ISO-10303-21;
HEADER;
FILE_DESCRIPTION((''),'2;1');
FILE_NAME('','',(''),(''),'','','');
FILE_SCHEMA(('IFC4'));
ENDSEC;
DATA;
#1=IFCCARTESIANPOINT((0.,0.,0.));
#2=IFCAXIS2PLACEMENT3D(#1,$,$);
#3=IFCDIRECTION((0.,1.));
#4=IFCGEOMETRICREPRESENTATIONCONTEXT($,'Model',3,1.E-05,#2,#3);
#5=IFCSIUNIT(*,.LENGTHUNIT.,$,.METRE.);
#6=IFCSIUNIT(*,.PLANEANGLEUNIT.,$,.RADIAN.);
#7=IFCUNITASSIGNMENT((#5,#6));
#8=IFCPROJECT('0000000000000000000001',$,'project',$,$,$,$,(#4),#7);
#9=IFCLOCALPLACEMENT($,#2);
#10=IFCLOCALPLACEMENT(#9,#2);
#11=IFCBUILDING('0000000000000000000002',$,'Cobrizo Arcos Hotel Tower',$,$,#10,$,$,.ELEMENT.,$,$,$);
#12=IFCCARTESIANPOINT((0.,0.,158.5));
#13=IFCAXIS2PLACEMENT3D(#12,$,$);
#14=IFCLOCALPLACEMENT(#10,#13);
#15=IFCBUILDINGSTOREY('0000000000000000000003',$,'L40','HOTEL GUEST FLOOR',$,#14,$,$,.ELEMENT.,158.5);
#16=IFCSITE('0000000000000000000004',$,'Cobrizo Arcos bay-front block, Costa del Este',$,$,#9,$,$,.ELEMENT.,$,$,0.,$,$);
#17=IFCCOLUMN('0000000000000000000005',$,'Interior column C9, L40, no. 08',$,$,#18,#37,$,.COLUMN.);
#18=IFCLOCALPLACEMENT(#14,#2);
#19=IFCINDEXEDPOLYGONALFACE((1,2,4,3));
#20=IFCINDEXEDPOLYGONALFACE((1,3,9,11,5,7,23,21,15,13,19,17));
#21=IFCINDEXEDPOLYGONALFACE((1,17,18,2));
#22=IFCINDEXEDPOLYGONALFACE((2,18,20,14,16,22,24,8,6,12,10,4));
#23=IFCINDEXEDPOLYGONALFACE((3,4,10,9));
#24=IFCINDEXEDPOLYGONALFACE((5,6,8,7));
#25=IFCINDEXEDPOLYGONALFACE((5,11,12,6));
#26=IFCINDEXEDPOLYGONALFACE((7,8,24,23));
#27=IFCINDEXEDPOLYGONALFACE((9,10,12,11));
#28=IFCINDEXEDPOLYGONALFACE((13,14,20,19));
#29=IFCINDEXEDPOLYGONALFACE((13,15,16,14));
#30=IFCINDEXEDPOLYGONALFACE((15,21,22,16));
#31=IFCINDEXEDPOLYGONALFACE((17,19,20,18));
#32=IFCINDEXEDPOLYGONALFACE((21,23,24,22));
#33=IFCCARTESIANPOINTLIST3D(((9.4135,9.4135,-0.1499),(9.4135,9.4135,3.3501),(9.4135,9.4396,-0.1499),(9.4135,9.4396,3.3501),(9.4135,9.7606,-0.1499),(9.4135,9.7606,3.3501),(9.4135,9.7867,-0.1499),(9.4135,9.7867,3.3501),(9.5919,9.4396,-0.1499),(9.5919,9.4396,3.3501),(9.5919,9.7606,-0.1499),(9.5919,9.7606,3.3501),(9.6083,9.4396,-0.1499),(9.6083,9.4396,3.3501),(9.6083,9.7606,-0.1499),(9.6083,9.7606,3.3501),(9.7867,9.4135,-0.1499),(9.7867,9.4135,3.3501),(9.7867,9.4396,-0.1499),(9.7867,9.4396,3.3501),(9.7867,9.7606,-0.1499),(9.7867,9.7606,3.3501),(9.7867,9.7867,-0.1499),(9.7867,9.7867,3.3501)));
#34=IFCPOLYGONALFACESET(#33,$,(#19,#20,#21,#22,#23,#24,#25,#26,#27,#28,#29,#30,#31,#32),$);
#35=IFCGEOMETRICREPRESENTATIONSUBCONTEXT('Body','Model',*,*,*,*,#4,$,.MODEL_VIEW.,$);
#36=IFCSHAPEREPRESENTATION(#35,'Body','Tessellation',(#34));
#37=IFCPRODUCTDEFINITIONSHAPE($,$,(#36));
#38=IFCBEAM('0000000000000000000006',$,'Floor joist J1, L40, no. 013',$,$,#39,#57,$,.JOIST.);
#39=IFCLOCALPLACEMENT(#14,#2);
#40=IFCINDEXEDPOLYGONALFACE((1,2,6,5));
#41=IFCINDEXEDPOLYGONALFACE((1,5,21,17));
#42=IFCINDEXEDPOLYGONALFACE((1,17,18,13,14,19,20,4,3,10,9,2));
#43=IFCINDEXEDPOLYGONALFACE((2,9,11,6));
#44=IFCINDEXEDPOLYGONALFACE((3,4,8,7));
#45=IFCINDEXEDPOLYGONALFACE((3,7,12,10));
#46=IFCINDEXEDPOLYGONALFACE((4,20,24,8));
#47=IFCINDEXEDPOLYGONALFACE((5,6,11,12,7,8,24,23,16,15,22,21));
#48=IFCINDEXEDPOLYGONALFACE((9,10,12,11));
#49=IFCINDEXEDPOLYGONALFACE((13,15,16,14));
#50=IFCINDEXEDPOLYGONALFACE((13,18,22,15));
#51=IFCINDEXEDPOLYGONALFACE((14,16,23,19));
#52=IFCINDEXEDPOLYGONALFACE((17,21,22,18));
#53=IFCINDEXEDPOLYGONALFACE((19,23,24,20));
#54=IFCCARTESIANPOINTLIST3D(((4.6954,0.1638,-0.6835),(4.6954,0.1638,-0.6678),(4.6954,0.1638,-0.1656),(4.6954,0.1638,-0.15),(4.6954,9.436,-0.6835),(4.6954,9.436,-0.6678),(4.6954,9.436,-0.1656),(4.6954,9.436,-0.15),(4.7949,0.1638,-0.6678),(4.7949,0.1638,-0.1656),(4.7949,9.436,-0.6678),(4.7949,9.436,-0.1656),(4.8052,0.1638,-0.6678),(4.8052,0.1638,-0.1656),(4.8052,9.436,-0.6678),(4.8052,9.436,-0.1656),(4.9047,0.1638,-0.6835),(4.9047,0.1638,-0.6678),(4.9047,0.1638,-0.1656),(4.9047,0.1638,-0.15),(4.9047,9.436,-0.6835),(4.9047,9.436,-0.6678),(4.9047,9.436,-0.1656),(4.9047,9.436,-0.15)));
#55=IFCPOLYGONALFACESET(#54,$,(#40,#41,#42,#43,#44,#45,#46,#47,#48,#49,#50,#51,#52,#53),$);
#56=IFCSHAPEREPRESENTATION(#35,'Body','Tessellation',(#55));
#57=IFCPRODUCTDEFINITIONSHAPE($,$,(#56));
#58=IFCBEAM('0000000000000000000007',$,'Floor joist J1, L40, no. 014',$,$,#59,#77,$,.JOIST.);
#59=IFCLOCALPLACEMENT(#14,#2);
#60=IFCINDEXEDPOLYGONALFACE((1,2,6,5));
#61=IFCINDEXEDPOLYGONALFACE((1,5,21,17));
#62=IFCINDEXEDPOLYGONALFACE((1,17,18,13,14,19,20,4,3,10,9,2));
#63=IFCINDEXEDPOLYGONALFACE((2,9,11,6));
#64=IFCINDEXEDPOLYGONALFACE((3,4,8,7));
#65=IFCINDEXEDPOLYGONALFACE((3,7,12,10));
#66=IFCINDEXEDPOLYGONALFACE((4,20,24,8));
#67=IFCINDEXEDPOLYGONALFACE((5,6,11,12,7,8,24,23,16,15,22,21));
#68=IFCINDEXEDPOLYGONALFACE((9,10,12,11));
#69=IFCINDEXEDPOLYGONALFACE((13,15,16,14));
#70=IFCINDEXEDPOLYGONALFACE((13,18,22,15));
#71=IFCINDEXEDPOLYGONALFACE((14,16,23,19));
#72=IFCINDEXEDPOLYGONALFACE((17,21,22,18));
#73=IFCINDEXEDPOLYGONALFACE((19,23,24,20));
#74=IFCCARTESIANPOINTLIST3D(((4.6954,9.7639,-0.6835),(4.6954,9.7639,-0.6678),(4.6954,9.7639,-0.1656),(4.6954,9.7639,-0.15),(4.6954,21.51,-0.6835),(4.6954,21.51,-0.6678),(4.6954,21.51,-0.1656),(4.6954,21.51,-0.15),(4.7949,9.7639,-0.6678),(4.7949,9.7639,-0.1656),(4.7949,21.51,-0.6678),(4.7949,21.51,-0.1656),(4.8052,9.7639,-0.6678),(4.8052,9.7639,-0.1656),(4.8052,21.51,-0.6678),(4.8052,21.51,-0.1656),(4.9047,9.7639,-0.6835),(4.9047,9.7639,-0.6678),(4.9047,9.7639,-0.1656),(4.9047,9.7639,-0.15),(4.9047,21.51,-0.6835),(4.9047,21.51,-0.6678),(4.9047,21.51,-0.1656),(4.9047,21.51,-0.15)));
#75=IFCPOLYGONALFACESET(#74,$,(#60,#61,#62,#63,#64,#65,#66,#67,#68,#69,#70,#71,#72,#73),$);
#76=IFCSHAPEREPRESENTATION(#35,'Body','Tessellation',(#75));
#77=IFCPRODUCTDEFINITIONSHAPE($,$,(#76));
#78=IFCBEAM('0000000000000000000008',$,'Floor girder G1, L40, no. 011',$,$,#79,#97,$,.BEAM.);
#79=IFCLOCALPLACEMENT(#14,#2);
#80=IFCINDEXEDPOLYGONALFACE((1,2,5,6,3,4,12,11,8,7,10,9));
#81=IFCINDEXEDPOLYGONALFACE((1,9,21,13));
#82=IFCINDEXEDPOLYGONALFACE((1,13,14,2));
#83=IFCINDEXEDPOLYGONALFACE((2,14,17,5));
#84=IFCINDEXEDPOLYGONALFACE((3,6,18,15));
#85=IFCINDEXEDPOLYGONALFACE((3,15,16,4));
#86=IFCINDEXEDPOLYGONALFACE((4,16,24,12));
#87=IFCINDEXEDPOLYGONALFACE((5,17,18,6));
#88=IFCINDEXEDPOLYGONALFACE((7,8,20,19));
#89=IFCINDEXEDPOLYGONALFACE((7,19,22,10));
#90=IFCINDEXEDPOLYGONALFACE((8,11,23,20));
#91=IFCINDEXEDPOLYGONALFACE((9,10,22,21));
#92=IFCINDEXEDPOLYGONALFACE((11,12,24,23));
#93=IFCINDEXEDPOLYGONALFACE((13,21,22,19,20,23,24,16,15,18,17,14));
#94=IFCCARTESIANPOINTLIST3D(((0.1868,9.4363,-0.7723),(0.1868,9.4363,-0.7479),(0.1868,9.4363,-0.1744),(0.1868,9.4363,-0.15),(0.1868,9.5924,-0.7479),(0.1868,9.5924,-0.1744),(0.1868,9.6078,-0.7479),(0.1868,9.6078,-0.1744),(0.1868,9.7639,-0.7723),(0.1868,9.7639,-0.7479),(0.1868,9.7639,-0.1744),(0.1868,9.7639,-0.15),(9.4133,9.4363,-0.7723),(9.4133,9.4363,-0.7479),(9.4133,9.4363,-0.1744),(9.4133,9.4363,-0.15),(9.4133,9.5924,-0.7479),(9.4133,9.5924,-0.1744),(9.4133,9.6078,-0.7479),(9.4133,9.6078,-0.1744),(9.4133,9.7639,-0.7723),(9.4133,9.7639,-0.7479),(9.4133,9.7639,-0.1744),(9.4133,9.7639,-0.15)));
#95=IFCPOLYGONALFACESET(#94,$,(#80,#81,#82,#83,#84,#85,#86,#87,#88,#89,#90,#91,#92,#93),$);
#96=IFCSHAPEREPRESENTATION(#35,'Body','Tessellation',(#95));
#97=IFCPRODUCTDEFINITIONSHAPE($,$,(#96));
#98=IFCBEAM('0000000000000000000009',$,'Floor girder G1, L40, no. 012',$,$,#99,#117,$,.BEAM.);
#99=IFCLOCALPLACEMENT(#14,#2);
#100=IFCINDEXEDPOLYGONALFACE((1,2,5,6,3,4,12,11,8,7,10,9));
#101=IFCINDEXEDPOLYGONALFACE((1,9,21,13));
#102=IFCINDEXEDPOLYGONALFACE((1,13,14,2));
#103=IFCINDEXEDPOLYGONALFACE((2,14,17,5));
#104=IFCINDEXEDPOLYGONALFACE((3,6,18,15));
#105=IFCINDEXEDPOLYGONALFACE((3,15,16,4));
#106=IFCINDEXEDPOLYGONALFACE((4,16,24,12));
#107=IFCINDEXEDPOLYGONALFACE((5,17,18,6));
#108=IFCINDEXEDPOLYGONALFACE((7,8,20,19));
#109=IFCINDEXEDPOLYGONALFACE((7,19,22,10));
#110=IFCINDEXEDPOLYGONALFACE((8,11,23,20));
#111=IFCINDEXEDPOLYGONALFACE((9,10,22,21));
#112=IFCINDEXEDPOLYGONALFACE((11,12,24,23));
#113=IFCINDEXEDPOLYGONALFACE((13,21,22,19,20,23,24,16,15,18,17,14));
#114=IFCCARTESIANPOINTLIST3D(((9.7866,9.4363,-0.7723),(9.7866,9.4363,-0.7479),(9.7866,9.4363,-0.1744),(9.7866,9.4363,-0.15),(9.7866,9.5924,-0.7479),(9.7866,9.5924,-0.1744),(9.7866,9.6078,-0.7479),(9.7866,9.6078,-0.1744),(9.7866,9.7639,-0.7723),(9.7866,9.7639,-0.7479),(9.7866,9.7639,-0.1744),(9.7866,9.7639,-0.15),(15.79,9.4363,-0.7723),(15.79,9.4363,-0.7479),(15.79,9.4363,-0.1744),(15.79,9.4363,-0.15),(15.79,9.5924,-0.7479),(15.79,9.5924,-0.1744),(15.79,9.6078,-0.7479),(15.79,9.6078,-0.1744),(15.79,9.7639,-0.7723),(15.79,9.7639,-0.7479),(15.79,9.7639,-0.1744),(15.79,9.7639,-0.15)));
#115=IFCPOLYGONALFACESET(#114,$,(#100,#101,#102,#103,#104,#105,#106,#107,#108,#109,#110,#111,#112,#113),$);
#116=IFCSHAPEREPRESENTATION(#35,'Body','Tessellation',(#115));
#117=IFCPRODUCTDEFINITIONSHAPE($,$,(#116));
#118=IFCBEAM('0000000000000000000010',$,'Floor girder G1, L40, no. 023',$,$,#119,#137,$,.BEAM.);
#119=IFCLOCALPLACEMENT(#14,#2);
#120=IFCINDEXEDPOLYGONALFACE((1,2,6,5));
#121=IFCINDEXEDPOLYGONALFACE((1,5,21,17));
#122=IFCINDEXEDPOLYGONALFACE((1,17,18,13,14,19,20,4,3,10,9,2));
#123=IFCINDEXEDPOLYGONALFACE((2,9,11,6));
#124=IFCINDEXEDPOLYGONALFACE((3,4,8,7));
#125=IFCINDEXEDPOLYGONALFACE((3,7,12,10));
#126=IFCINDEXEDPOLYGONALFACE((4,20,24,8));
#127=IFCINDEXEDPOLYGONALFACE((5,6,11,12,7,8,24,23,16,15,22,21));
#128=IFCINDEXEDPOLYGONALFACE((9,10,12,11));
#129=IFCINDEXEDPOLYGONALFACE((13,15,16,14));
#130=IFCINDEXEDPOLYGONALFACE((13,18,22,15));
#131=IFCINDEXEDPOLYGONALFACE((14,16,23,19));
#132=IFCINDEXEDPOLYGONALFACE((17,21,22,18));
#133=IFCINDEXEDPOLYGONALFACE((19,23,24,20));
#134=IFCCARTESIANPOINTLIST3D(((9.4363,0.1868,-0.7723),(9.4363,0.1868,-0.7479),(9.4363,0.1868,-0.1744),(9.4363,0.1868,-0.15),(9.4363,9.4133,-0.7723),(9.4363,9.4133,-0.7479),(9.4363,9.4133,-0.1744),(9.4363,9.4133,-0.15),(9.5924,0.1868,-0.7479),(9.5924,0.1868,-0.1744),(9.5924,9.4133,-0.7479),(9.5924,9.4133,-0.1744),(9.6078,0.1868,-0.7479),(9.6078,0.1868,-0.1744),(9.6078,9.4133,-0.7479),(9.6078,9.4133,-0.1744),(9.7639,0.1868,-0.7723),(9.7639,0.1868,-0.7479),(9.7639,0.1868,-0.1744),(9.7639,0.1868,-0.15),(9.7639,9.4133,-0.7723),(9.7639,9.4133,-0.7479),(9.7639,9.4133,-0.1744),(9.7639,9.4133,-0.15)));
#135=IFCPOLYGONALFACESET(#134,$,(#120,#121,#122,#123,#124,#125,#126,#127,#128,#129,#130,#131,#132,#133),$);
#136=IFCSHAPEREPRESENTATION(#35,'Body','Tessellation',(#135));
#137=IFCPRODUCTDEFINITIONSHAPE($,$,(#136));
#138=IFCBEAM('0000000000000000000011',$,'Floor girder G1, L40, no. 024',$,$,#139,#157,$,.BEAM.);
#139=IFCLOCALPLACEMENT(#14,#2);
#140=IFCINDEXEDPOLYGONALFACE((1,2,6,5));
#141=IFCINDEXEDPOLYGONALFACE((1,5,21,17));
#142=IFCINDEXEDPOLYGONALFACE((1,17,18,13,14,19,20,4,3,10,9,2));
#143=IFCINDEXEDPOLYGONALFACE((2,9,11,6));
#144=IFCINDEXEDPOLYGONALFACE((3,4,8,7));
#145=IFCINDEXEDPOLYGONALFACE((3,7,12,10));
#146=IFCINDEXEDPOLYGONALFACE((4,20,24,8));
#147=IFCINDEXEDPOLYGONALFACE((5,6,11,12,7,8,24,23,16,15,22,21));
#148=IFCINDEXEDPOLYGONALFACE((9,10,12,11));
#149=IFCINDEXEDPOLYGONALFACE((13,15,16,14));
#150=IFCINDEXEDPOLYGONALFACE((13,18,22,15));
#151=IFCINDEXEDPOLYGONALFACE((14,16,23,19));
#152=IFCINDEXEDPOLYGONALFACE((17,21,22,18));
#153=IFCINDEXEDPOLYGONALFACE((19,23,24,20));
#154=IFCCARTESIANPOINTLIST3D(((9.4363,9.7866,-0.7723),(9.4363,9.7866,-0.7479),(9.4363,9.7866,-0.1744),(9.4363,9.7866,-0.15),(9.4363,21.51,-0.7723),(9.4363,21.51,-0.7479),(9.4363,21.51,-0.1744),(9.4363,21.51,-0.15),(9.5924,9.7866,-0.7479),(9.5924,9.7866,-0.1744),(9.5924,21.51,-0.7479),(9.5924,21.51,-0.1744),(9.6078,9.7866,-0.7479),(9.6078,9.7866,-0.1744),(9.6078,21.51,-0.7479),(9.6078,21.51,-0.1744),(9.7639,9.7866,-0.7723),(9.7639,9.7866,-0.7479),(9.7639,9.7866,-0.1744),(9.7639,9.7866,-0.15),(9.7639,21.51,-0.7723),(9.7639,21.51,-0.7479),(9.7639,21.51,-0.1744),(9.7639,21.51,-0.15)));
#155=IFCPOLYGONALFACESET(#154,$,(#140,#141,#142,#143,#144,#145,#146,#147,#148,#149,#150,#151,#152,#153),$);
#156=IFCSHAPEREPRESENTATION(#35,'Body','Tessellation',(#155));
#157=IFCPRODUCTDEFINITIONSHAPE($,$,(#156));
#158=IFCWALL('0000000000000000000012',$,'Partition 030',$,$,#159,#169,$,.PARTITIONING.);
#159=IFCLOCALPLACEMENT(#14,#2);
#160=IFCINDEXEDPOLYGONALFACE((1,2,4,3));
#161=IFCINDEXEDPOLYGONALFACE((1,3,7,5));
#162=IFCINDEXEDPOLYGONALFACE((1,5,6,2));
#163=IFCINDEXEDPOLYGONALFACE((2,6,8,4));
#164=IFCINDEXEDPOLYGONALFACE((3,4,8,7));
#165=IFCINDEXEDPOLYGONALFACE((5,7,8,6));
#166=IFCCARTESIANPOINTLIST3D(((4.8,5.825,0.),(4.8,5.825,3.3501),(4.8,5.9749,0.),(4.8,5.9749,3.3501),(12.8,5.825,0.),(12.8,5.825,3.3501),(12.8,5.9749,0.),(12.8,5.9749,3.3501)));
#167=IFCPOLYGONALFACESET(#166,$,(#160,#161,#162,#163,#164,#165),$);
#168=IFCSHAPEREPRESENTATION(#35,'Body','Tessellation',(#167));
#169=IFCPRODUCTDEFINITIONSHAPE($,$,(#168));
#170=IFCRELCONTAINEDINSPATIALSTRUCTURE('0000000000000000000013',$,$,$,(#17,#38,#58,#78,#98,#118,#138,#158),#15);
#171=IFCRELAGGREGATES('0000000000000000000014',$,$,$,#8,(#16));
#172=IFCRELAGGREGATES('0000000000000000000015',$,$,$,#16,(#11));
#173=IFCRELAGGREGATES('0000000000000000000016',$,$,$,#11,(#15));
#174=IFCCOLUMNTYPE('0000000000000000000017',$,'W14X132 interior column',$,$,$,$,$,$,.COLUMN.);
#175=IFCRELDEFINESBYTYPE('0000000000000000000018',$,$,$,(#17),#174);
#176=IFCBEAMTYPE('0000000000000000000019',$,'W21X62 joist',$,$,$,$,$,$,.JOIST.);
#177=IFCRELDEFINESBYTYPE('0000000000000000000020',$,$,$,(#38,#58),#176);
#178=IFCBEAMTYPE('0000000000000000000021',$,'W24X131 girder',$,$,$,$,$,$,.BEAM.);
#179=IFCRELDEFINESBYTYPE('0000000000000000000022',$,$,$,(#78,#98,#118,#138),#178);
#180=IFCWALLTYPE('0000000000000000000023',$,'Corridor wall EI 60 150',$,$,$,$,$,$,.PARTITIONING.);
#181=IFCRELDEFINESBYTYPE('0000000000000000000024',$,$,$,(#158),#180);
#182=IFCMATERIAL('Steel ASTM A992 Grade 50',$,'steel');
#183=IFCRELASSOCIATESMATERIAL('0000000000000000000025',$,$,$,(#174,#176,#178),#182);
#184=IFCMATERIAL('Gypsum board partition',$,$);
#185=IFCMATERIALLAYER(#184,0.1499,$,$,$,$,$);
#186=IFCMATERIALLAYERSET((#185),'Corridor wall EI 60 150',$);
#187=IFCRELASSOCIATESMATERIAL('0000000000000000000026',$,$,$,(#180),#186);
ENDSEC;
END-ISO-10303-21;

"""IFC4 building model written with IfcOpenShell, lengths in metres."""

from ifc_helpers import new_model, si_unit, direction, frame, frame_2d, origin, origin_2d, place, context, subcontext, project, spatial, rectangle, i_section, extrude, material, layer, layer_set, material_profile, profile_set, type_object, element, save


model = new_model("IFC4")

# Units and contexts
model_context = context("Model", 3, precision=1e-05, world=origin(), true_north=direction((0.0, 1.0)))
body_context = subcontext(model_context, "Body", "Model", "MODEL_VIEW")
ifc_project = project(units=[si_unit("LENGTHUNIT", "METRE"), si_unit("PLANEANGLEUNIT", "RADIAN")], contexts=[model_context])

# Site, building, storey
site_placement = place(None, origin())
site = spatial("IfcSite", under=ifc_project, at=site_placement, Name="Cobrizo Arcos bay-front block, Costa del Este", CompositionType="ELEMENT", RefElevation=0.0)
building_placement = place(site_placement, origin())
building = spatial("IfcBuilding", under=site, at=building_placement, Name="Cobrizo Arcos Hotel Tower", CompositionType="ELEMENT")
storey_placement = place(building_placement, frame((0.0, 0.0, 158.5)))
storey = spatial("IfcBuildingStorey", under=building, at=storey_placement, Name="L40", Description="HOTEL GUEST FLOOR", CompositionType="ELEMENT", Elevation=158.5)

# Column
ifc_material_1 = material(Name="Steel ASTM A992 Grade 50", Category="steel")
ifc_material_profile_1 = material_profile(ifc_material_1, i_section(OverallWidth=0.3733, OverallDepth=0.3733, WebThickness=0.0164, FlangeThickness=0.0261, at=origin_2d()), Name="W14X132")
ifc_profile_set_1 = profile_set([ifc_material_profile_1], Name="Steel ASTM A992 Grade 50")
column_type = type_object("IfcColumnType", Name="W14X132 interior column", PredefinedType="COLUMN", material=ifc_profile_set_1)
column_placement = place(storey_placement, frame((9.6001, 9.6001, -0.1499), z_axis=(0.0, 0.0, 1.0), x_axis=(1.0, 0.0, 0.0)))
element("IfcColumn", 1, at=column_placement, inside=storey, type_object=column_type, Name="Interior column C9, L40, no. 08", PredefinedType="COLUMN", context=body_context, shape_type="SweptSolid", body=[
    extrude(i_section(OverallWidth=0.3733, OverallDepth=0.3733, WebThickness=0.0164, FlangeThickness=0.0261, at=origin_2d()), origin(), (0.0, 0.0, 1.0), 3.5),
])

# Beams
ifc_material_profile_2 = material_profile(ifc_material_1, i_section(OverallWidth=0.2092, OverallDepth=0.5334, WebThickness=0.0103, FlangeThickness=0.0156, at=origin_2d()), Name="W21X62")
ifc_profile_set_2 = profile_set([ifc_material_profile_2], Name="Steel ASTM A992 Grade 50")
beam_type_1 = type_object("IfcBeamType", Name="W21X62 joist", PredefinedType="JOIST", material=ifc_profile_set_2)
beam_1_placement = place(storey_placement, frame((4.8, 0.1638, -0.4167), z_axis=(0.0, 1.0, 0.0), x_axis=(-1.0, 0.0, 0.0)))
element("IfcBeam", 2, at=beam_1_placement, inside=storey, type_object=beam_type_1, Name="Floor joist J1, L40, no. 013", PredefinedType="JOIST", context=body_context, shape_type="SweptSolid", body=[
    extrude(i_section(OverallWidth=0.2092, OverallDepth=0.5334, WebThickness=0.0103, FlangeThickness=0.0156, at=origin_2d()), origin(), (0.0, 0.0, 1.0), 9.2722),
])
beam_2_placement = place(storey_placement, frame((4.8, 9.7639, -0.4167), z_axis=(0.0, 1.0, 0.0), x_axis=(-1.0, 0.0, 0.0)))
element("IfcBeam", 3, at=beam_2_placement, inside=storey, type_object=beam_type_1, Name="Floor joist J1, L40, no. 014", PredefinedType="JOIST", context=body_context, shape_type="SweptSolid", body=[
    extrude(i_section(OverallWidth=0.2092, OverallDepth=0.5334, WebThickness=0.0103, FlangeThickness=0.0156, at=origin_2d()), origin(), (0.0, 0.0, 1.0), 11.7461),
])
ifc_material_profile_3 = material_profile(ifc_material_1, i_section(OverallWidth=0.3276, OverallDepth=0.6223, WebThickness=0.0154, FlangeThickness=0.0244, at=origin_2d()), Name="W24X131")
ifc_profile_set_3 = profile_set([ifc_material_profile_3], Name="Steel ASTM A992 Grade 50")
beam_type_2 = type_object("IfcBeamType", Name="W24X131 girder", PredefinedType="BEAM", material=ifc_profile_set_3)
beam_3_placement = place(storey_placement, frame((0.1868, 9.6001, -0.4612), z_axis=(1.0, 0.0, 0.0), x_axis=(0.0, 1.0, 0.0)))
element("IfcBeam", 4, at=beam_3_placement, inside=storey, type_object=beam_type_2, Name="Floor girder G1, L40, no. 011", PredefinedType="BEAM", context=body_context, shape_type="SweptSolid", body=[
    extrude(i_section(OverallWidth=0.3276, OverallDepth=0.6223, WebThickness=0.0154, FlangeThickness=0.0244, at=origin_2d()), origin(), (0.0, 0.0, 1.0), 9.2266),
])
beam_4_placement = place(storey_placement, frame((9.7866, 9.6001, -0.4612), z_axis=(1.0, 0.0, 0.0), x_axis=(0.0, 1.0, 0.0)))
element("IfcBeam", 5, at=beam_4_placement, inside=storey, type_object=beam_type_2, Name="Floor girder G1, L40, no. 012", PredefinedType="BEAM", context=body_context, shape_type="SweptSolid", body=[
    extrude(i_section(OverallWidth=0.3276, OverallDepth=0.6223, WebThickness=0.0154, FlangeThickness=0.0244, at=origin_2d()), origin(), (0.0, 0.0, 1.0), 6.0034),
])
beam_5_placement = place(storey_placement, frame((9.6001, 0.1868, -0.4612), z_axis=(0.0, 1.0, 0.0), x_axis=(-1.0, 0.0, 0.0)))
element("IfcBeam", 6, at=beam_5_placement, inside=storey, type_object=beam_type_2, Name="Floor girder G1, L40, no. 023", PredefinedType="BEAM", context=body_context, shape_type="SweptSolid", body=[
    extrude(i_section(OverallWidth=0.3276, OverallDepth=0.6223, WebThickness=0.0154, FlangeThickness=0.0244, at=origin_2d()), origin(), (0.0, 0.0, 1.0), 9.2266),
])
beam_6_placement = place(storey_placement, frame((9.6001, 9.7866, -0.4612), z_axis=(0.0, 1.0, 0.0), x_axis=(-1.0, 0.0, 0.0)))
element("IfcBeam", 7, at=beam_6_placement, inside=storey, type_object=beam_type_2, Name="Floor girder G1, L40, no. 024", PredefinedType="BEAM", context=body_context, shape_type="SweptSolid", body=[
    extrude(i_section(OverallWidth=0.3276, OverallDepth=0.6223, WebThickness=0.0154, FlangeThickness=0.0244, at=origin_2d()), origin(), (0.0, 0.0, 1.0), 11.7234),
])

# Wall
ifc_material_2 = material(Name="Gypsum board partition")
ifc_layer_1 = layer(ifc_material_2, 0.1499)
ifc_layer_set_1 = layer_set([ifc_layer_1], Name="Corridor wall EI 60 150")
wall_type_1 = type_object("IfcWallType", Name="Corridor wall EI 60 150", PredefinedType="PARTITIONING", material=ifc_layer_set_1)
wall_1_placement = place(storey_placement, frame((4.8, 5.8999, 0.0), z_axis=(0.0, 0.0, 1.0), x_axis=(1.0, 0.0, 0.0)))
element("IfcWall", 8, at=wall_1_placement, inside=storey, type_object=wall_type_1, Name="Partition 030", PredefinedType="PARTITIONING", context=body_context, shape_type="SweptSolid", body=[
    extrude(rectangle(XDim=8.0, YDim=0.1499, at=frame_2d((4.0, 0.0))), origin(), (0.0, 0.0, 1.0), 3.3501),
])

save(model, "model.ifc")
